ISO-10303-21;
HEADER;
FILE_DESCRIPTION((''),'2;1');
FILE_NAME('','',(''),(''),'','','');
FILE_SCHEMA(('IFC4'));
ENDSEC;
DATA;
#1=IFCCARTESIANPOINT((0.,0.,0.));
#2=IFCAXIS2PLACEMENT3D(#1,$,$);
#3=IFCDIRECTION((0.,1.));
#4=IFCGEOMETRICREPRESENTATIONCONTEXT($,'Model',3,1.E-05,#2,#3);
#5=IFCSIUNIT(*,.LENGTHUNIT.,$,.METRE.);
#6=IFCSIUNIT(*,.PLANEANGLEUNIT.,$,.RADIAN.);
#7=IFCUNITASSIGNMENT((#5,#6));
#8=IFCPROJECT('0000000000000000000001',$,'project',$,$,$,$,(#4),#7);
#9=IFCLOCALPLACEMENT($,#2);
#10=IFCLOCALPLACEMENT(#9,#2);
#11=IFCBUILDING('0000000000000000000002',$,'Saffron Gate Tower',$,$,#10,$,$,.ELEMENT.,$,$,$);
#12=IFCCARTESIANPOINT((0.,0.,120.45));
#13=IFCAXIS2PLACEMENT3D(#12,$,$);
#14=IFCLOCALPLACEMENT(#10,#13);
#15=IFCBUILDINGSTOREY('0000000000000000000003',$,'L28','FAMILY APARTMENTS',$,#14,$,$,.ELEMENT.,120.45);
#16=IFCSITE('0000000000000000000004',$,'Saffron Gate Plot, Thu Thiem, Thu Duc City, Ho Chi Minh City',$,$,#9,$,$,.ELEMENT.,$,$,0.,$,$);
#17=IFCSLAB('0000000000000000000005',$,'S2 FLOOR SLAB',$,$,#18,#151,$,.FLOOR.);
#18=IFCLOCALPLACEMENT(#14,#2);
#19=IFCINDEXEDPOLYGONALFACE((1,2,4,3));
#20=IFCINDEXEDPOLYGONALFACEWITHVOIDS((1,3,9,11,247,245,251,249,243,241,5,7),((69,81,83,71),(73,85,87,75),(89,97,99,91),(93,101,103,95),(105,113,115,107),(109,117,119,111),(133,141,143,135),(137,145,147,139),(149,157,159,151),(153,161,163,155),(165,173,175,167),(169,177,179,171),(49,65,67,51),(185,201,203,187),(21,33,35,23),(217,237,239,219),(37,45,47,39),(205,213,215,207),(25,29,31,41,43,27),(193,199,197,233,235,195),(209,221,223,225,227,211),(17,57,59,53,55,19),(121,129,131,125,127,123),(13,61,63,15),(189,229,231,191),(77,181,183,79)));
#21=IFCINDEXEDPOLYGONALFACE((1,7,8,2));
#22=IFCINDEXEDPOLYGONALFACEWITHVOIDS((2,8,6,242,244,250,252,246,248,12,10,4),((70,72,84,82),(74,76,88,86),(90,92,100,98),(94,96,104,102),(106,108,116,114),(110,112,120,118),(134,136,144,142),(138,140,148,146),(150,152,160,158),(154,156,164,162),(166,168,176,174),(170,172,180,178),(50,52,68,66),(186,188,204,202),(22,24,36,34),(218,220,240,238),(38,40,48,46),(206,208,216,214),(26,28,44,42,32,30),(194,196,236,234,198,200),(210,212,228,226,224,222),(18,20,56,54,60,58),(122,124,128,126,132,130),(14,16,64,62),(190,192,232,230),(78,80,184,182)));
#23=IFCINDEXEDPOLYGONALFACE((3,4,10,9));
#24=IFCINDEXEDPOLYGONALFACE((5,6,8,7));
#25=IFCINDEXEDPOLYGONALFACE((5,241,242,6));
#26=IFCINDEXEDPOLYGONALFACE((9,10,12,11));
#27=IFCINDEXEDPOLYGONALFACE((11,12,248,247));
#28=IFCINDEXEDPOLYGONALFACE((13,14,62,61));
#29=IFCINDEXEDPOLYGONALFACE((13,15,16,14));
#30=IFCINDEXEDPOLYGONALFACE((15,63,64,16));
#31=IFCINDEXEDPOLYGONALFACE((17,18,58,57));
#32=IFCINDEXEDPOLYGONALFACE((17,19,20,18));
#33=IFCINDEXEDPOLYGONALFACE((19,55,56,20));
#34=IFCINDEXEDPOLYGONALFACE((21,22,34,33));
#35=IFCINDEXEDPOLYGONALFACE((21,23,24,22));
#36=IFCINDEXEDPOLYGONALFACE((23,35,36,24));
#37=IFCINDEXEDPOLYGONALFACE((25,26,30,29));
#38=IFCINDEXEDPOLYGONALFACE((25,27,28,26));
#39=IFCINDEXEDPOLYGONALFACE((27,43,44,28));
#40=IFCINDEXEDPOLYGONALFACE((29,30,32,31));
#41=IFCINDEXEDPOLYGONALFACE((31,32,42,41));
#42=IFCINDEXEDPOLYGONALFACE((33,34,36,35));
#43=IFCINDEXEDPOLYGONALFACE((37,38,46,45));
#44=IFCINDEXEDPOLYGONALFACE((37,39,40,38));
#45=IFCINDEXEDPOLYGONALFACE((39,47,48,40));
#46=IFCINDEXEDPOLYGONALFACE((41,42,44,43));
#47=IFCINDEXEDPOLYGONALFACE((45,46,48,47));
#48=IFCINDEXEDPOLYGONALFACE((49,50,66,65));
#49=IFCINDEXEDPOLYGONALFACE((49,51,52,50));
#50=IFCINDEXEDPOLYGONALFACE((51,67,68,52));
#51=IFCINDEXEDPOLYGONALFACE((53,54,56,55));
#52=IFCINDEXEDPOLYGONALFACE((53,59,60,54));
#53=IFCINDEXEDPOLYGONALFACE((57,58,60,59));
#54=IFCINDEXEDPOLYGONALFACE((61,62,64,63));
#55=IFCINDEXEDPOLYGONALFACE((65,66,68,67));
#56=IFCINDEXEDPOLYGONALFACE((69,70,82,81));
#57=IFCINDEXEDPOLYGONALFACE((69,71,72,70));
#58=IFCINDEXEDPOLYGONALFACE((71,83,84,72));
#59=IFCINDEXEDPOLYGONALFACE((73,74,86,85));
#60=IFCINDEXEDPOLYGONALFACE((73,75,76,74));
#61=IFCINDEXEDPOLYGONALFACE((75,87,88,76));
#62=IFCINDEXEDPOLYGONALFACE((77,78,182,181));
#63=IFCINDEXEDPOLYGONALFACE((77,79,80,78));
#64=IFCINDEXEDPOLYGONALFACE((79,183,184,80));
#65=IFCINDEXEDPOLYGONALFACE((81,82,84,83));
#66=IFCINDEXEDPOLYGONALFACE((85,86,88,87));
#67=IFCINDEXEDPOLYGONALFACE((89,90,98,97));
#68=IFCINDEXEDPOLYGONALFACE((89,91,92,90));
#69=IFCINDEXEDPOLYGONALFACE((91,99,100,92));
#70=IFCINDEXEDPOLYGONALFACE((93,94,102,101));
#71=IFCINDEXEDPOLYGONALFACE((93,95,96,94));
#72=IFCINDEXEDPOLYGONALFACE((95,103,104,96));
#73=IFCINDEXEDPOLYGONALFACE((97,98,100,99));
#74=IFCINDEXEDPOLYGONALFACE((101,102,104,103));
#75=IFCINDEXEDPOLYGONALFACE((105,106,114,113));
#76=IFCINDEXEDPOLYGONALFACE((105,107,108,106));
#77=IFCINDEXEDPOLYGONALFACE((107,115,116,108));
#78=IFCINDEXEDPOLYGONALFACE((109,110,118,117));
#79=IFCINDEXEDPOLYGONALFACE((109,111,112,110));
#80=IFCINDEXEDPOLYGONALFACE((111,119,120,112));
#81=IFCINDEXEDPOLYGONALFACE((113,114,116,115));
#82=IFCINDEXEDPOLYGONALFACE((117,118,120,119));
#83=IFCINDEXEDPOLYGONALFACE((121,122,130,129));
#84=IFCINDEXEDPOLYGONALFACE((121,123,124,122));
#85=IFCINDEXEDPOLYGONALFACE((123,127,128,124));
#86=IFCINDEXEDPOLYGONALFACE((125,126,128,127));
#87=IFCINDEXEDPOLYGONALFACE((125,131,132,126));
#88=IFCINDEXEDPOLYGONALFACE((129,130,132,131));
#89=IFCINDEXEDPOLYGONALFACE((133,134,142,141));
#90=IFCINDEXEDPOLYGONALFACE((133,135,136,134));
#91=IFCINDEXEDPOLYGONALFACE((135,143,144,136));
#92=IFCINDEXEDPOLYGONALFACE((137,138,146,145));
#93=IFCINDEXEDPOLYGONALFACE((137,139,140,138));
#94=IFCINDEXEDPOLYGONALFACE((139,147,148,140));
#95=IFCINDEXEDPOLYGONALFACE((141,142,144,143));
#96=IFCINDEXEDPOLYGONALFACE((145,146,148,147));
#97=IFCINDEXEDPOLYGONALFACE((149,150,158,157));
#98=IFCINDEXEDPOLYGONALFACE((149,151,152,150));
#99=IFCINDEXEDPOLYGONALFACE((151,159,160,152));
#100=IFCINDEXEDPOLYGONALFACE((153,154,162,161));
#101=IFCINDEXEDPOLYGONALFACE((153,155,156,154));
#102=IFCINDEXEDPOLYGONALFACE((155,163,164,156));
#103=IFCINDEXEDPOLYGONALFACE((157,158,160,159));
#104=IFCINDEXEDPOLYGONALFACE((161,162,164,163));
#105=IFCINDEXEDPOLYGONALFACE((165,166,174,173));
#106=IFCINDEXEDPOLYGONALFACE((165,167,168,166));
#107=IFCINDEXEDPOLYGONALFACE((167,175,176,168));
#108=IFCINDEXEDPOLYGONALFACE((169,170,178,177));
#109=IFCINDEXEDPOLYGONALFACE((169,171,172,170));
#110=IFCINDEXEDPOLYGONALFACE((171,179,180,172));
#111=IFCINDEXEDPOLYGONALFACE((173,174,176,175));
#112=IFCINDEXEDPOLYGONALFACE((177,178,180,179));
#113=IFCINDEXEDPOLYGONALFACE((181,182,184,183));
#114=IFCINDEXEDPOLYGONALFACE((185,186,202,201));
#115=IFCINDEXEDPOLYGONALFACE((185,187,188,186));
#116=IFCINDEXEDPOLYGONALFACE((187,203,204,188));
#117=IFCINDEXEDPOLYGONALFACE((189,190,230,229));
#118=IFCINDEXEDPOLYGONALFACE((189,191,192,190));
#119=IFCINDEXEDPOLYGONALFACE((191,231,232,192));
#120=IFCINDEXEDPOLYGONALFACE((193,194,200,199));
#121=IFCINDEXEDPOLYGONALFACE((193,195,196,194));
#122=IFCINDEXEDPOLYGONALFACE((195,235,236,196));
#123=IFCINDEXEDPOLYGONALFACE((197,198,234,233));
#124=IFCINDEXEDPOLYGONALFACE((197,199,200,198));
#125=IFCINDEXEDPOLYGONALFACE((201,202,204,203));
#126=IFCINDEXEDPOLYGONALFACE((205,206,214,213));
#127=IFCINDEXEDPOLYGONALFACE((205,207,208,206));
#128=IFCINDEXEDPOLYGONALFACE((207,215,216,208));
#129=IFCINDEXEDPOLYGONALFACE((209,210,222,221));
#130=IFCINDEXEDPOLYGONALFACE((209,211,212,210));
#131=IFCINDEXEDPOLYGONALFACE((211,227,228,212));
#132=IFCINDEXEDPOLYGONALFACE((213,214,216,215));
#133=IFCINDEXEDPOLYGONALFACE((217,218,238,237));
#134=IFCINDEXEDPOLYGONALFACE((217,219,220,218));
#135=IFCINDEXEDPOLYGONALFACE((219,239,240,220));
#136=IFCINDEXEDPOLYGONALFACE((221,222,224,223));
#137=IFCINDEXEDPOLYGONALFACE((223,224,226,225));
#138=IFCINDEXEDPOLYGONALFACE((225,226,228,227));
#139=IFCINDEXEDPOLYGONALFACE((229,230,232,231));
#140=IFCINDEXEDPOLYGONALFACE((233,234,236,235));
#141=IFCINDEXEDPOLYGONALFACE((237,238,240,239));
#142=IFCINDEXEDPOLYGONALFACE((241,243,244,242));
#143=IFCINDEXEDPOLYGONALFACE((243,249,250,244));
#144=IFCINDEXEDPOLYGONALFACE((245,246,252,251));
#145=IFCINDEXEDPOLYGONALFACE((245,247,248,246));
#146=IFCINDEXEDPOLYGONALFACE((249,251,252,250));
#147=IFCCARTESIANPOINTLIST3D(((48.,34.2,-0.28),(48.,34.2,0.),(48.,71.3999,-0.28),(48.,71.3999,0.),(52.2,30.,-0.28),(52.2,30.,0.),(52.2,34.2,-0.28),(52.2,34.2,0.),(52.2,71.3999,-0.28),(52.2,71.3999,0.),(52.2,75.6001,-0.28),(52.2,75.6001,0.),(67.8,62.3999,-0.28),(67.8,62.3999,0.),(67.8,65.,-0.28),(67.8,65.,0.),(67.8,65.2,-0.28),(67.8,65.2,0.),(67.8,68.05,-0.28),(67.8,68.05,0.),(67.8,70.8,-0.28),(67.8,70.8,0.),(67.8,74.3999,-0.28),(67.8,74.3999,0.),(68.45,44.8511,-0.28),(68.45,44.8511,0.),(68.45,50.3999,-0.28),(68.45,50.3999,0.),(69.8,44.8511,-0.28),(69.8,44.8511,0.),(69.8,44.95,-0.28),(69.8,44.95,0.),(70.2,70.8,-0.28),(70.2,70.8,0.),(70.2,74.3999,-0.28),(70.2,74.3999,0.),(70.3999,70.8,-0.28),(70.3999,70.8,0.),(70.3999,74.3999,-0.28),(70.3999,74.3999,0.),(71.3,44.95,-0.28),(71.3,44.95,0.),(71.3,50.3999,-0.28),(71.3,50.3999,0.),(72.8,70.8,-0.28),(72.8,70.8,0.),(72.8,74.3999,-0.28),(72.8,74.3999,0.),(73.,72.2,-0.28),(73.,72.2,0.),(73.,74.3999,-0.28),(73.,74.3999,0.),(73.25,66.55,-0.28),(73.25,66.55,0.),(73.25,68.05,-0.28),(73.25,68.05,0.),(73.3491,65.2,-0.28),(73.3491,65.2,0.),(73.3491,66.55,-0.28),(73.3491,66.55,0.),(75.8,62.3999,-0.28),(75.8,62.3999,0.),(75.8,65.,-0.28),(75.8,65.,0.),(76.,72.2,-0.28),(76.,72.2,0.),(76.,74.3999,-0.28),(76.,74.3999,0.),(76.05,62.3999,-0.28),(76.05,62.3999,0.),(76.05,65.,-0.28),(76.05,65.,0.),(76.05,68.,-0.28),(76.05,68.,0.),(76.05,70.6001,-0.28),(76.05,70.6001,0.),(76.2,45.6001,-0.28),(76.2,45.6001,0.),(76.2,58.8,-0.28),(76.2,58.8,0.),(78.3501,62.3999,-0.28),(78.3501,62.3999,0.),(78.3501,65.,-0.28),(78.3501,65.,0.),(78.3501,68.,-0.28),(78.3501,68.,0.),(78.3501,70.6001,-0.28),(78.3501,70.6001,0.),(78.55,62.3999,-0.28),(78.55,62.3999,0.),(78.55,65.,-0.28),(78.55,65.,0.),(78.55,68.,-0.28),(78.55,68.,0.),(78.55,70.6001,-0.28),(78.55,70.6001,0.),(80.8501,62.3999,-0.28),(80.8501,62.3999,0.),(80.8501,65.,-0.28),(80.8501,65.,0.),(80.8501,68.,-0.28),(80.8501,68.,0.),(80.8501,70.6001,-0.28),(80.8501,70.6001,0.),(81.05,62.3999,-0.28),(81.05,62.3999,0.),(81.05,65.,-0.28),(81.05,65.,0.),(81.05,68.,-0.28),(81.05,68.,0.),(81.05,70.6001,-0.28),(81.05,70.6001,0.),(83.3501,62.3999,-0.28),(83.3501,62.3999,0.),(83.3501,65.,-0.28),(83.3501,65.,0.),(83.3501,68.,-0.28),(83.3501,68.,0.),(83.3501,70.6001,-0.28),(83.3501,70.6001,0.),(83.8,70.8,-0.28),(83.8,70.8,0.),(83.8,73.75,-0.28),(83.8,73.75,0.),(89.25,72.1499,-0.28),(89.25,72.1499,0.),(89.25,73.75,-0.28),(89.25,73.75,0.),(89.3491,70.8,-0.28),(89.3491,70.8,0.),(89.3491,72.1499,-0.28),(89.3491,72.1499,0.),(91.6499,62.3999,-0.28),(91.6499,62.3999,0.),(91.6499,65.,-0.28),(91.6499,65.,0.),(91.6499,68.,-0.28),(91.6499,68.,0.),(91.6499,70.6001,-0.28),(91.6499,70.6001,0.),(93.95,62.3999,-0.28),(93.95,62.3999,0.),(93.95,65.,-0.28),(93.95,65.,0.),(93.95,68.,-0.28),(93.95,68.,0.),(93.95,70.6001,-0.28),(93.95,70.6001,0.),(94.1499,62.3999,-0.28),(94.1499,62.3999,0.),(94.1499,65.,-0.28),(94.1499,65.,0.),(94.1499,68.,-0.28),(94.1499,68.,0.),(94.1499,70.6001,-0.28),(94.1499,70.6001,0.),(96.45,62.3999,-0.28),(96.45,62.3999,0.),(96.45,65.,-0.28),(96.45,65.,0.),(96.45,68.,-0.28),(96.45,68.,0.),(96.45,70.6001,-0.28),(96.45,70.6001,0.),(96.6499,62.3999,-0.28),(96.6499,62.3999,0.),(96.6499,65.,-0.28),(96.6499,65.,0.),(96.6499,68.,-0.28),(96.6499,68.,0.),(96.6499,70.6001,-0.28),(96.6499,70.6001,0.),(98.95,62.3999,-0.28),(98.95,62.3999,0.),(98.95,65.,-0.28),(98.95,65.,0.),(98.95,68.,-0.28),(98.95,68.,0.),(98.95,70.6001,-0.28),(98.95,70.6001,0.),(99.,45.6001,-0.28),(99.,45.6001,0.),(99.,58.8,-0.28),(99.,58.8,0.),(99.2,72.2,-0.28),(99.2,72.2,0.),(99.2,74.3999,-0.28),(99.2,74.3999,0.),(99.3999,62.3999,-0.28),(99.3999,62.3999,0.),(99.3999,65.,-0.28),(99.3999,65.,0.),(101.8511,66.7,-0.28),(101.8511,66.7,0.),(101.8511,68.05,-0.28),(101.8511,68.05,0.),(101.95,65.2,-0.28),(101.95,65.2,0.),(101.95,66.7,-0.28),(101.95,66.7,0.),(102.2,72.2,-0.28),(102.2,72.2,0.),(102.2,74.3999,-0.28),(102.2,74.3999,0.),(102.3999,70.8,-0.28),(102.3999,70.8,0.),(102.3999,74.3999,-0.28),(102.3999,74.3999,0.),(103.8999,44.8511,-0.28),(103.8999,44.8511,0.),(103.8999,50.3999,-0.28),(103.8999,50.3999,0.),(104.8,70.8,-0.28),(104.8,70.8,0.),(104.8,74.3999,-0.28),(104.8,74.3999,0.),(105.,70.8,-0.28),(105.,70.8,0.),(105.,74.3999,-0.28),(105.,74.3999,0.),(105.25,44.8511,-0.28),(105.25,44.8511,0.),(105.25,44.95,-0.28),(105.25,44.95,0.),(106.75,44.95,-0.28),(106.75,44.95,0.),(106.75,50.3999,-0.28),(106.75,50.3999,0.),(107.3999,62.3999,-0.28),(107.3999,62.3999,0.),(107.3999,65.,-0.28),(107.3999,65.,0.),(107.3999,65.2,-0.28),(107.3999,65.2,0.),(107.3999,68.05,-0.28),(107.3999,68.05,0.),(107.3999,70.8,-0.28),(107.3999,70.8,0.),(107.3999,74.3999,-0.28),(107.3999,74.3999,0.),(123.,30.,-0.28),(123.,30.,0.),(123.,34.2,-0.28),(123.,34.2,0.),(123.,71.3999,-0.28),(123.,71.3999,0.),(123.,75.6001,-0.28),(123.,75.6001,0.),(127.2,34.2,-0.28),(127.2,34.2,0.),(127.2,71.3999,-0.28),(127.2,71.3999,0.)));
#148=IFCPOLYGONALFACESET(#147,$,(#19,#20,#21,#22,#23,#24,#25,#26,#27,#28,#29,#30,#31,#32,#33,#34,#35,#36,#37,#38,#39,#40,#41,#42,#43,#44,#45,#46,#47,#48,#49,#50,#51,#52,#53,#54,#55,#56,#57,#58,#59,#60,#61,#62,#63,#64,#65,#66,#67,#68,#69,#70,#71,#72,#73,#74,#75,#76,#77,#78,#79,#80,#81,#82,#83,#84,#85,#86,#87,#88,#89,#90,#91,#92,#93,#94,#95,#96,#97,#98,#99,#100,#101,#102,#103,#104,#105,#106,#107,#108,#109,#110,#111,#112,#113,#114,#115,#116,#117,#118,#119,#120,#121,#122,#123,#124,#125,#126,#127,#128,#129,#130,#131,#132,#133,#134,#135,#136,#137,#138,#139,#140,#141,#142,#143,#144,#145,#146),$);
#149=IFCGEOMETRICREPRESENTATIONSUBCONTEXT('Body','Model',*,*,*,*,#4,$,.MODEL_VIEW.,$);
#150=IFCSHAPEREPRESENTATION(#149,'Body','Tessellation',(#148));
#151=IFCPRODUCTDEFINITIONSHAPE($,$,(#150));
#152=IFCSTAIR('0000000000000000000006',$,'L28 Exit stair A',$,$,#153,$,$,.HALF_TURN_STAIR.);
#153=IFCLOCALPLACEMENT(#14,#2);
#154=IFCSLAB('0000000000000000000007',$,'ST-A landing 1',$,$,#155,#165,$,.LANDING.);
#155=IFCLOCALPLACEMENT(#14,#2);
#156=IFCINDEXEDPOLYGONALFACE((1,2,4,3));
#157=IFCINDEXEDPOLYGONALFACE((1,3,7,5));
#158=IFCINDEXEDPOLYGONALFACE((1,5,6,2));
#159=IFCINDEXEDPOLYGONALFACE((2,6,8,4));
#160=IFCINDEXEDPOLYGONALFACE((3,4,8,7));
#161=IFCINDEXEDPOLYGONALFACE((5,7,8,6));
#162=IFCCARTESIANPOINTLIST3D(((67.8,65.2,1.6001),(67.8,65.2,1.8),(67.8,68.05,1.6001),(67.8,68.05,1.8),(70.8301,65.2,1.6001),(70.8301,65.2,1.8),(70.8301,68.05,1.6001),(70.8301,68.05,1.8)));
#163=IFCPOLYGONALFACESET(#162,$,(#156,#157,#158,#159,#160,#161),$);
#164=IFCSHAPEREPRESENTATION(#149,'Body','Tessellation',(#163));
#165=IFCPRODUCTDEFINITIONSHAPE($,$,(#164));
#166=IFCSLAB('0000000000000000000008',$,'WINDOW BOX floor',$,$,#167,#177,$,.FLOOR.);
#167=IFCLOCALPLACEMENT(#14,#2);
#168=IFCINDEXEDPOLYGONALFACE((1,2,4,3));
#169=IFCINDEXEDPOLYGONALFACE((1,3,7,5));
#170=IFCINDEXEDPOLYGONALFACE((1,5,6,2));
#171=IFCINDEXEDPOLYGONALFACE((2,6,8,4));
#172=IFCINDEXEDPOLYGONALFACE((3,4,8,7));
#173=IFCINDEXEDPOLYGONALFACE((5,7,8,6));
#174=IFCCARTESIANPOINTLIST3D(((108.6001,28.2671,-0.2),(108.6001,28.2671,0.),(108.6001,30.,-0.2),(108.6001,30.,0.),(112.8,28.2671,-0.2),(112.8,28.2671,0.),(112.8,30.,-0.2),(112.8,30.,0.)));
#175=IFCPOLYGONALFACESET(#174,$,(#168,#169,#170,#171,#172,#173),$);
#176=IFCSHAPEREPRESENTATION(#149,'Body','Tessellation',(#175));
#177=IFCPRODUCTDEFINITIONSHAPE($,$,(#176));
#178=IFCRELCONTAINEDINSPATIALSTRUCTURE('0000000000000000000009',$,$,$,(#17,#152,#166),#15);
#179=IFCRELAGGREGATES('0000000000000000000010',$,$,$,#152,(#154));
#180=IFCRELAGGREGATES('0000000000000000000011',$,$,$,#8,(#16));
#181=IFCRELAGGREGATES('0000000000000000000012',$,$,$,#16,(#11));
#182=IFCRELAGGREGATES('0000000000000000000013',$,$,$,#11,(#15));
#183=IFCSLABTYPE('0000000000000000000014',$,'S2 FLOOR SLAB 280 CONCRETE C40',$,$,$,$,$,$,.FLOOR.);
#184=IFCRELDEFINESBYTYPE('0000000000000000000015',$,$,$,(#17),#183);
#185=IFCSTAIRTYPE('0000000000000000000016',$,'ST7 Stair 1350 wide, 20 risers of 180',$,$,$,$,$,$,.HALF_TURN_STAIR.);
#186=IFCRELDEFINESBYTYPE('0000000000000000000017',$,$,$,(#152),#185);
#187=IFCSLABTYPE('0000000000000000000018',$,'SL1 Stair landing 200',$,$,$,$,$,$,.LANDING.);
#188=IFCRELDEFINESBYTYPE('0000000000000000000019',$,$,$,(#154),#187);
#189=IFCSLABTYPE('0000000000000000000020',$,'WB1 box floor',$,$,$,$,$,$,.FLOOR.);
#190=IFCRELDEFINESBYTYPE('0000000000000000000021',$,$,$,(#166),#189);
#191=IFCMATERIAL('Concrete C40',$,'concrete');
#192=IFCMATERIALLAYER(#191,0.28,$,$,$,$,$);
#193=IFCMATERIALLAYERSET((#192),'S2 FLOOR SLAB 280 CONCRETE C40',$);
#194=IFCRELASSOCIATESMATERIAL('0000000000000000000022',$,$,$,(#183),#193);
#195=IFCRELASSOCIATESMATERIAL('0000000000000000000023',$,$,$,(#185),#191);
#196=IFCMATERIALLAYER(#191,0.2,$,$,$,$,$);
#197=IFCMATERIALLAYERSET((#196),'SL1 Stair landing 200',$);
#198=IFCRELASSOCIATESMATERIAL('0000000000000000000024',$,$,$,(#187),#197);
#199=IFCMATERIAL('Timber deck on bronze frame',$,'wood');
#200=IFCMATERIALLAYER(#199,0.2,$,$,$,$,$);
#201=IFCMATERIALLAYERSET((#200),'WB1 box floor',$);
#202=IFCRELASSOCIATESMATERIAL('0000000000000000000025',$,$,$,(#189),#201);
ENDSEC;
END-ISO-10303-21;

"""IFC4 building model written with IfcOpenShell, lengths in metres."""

from ifc_helpers import new_model, si_unit, direction, frame, origin, place, context, subcontext, project, spatial, polyline, outline, extrude, material, layer, layer_set, type_object, element, aggregate, save


model = new_model("IFC4")

# Units and contexts
model_context = context("Model", 3, precision=1e-05, world=origin(), true_north=direction((0.0, 1.0)))
body_context = subcontext(model_context, "Body", "Model", "MODEL_VIEW")
ifc_project = project(units=[si_unit("LENGTHUNIT", "METRE"), si_unit("PLANEANGLEUNIT", "RADIAN")], contexts=[model_context])

# Site, building, storey
site_placement = place(None, origin())
site = spatial("IfcSite", under=ifc_project, at=site_placement, Name="Saffron Gate Plot, Thu Thiem, Thu Duc City, Ho Chi Minh City", CompositionType="ELEMENT", RefElevation=0.0)
building_placement = place(site_placement, origin())
building = spatial("IfcBuilding", under=site, at=building_placement, Name="Saffron Gate Tower", CompositionType="ELEMENT")
storey_placement = place(building_placement, frame((0.0, 0.0, 120.45)))
storey = spatial("IfcBuildingStorey", under=building, at=storey_placement, Name="L28", Description="FAMILY APARTMENTS", CompositionType="ELEMENT", Elevation=120.45)

# Slab
ifc_material_1 = material(Name="Concrete C40", Category="concrete")
ifc_layer_1 = layer(ifc_material_1, 0.28)
ifc_layer_set_1 = layer_set([ifc_layer_1], Name="S2 FLOOR SLAB 280 CONCRETE C40")
slab_type_1 = type_object("IfcSlabType", Name="S2 FLOOR SLAB 280 CONCRETE C40", PredefinedType="FLOOR", material=ifc_layer_set_1)
slab_1_placement = place(storey_placement, frame((0.0, 0.0, -0.28)))
element("IfcSlab", 1, at=slab_1_placement, inside=storey, type_object=slab_type_1, Name="S2 FLOOR SLAB", PredefinedType="FLOOR", context=body_context, shape_type="SweptSolid", body=[
    extrude(outline(polyline([(48.0, 34.2), (52.2, 34.2), (52.2, 30.0), (123.0, 30.0), (123.0, 34.2), (127.2, 34.2), (127.2, 71.3999), (123.0, 71.3999), (123.0, 75.6001), (52.2, 75.6001), (52.2, 71.3999), (48.0, 71.3999), (48.0, 34.2)]), holes=[polyline([(67.8, 62.3999), (67.8, 65.0), (75.8, 65.0), (75.8, 62.3999), (67.8, 62.3999)]), polyline([(67.8, 65.2), (67.8, 68.05), (73.25, 68.05), (73.25, 66.55), (73.3491, 66.55), (73.3491, 65.2), (67.8, 65.2)]), polyline([(67.8, 70.8), (67.8, 74.3999), (70.2, 74.3999), (70.2, 70.8), (67.8, 70.8)]), polyline([(68.45, 44.8511), (68.45, 50.3999), (71.3, 50.3999), (71.3, 44.95), (69.8, 44.95), (69.8, 44.8511), (68.45, 44.8511)]), polyline([(70.3999, 70.8), (70.3999, 74.3999), (72.8, 74.3999), (72.8, 70.8), (70.3999, 70.8)]), polyline([(73.0, 72.2), (73.0, 74.3999), (76.0, 74.3999), (76.0, 72.2), (73.0, 72.2)]), polyline([(76.05, 62.3999), (76.05, 65.0), (78.3501, 65.0), (78.3501, 62.3999), (76.05, 62.3999)]), polyline([(76.05, 68.0), (76.05, 70.6001), (78.3501, 70.6001), (78.3501, 68.0), (76.05, 68.0)]), polyline([(76.2, 45.6001), (76.2, 58.8), (99.0, 58.8), (99.0, 45.6001), (76.2, 45.6001)]), polyline([(78.55, 62.3999), (78.55, 65.0), (80.8501, 65.0), (80.8501, 62.3999), (78.55, 62.3999)]), polyline([(78.55, 68.0), (78.55, 70.6001), (80.8501, 70.6001), (80.8501, 68.0), (78.55, 68.0)]), polyline([(81.05, 62.3999), (81.05, 65.0), (83.3501, 65.0), (83.3501, 62.3999), (81.05, 62.3999)]), polyline([(81.05, 68.0), (81.05, 70.6001), (83.3501, 70.6001), (83.3501, 68.0), (81.05, 68.0)]), polyline([(83.8, 70.8), (83.8, 73.75), (89.25, 73.75), (89.25, 72.1499), (89.3491, 72.1499), (89.3491, 70.8), (83.8, 70.8)]), polyline([(91.6499, 62.3999), (91.6499, 65.0), (93.95, 65.0), (93.95, 62.3999), (91.6499, 62.3999)]), polyline([(91.6499, 68.0), (91.6499, 70.6001), (93.95, 70.6001), (93.95, 68.0), (91.6499, 68.0)]), polyline([(94.1499, 62.3999), (94.1499, 65.0), (96.45, 65.0), (96.45, 62.3999), (94.1499, 62.3999)]), polyline([(94.1499, 68.0), (94.1499, 70.6001), (96.45, 70.6001), (96.45, 68.0), (94.1499, 68.0)]), polyline([(96.6499, 62.3999), (96.6499, 65.0), (98.95, 65.0), (98.95, 62.3999), (96.6499, 62.3999)]), polyline([(96.6499, 68.0), (96.6499, 70.6001), (98.95, 70.6001), (98.95, 68.0), (96.6499, 68.0)]), polyline([(99.2, 72.2), (99.2, 74.3999), (102.2, 74.3999), (102.2, 72.2), (99.2, 72.2)]), polyline([(99.3999, 62.3999), (99.3999, 65.0), (107.3999, 65.0), (107.3999, 62.3999), (99.3999, 62.3999)]), polyline([(101.8511, 66.7), (101.8511, 68.05), (107.3999, 68.05), (107.3999, 65.2), (101.95, 65.2), (101.95, 66.7), (101.8511, 66.7)]), polyline([(102.3999, 70.8), (102.3999, 74.3999), (104.8, 74.3999), (104.8, 70.8), (102.3999, 70.8)]), polyline([(103.8999, 44.8511), (103.8999, 50.3999), (106.75, 50.3999), (106.75, 44.95), (105.25, 44.95), (105.25, 44.8511), (103.8999, 44.8511)]), polyline([(105.0, 70.8), (105.0, 74.3999), (107.3999, 74.3999), (107.3999, 70.8), (105.0, 70.8)])]), origin(), (0.0, 0.0, 1.0), 0.28),
])

# Stair, slab
stair_type = type_object("IfcStairType", Name="ST7 Stair 1350 wide, 20 risers of 180", PredefinedType="HALF_TURN_STAIR", material=ifc_material_1)
stair_placement = place(storey_placement, origin())
stair = element("IfcStair", 2, at=stair_placement, inside=storey, type_object=stair_type, Name="L28 Exit stair A", PredefinedType="HALF_TURN_STAIR")
ifc_layer_2 = layer(ifc_material_1, 0.2)
ifc_layer_set_2 = layer_set([ifc_layer_2], Name="SL1 Stair landing 200")
slab_type_2 = type_object("IfcSlabType", Name="SL1 Stair landing 200", PredefinedType="LANDING", material=ifc_layer_set_2)
slab_2_placement = place(storey_placement, frame((0.0, 0.0, 1.6001)))
slab_2 = element("IfcSlab", 3, at=slab_2_placement, type_object=slab_type_2, Name="ST-A landing 1", PredefinedType="LANDING", context=body_context, shape_type="SweptSolid", body=[
    extrude(outline(polyline([(70.8301, 68.05), (67.8, 68.05), (67.8, 65.2), (70.8301, 65.2), (70.8301, 68.05)])), origin(), (0.0, 0.0, 1.0), 0.2),
])
aggregate(stair, [slab_2])

# Slab
ifc_material_2 = material(Name="Timber deck on bronze frame", Category="wood")
ifc_layer_3 = layer(ifc_material_2, 0.2)
ifc_layer_set_3 = layer_set([ifc_layer_3], Name="WB1 box floor")
slab_type_3 = type_object("IfcSlabType", Name="WB1 box floor", PredefinedType="FLOOR", material=ifc_layer_set_3)
slab_3_placement = place(storey_placement, frame((0.0, 0.0, -0.2)))
element("IfcSlab", 4, at=slab_3_placement, inside=storey, type_object=slab_type_3, Name="WINDOW BOX floor", PredefinedType="FLOOR", context=body_context, shape_type="SweptSolid", body=[
    extrude(outline(polyline([(108.6001, 30.0), (112.8, 30.0), (112.8, 28.2671), (108.6001, 28.2671), (108.6001, 30.0)])), origin(), (0.0, 0.0, 1.0), 0.2),
])

save(model, "model.ifc")
